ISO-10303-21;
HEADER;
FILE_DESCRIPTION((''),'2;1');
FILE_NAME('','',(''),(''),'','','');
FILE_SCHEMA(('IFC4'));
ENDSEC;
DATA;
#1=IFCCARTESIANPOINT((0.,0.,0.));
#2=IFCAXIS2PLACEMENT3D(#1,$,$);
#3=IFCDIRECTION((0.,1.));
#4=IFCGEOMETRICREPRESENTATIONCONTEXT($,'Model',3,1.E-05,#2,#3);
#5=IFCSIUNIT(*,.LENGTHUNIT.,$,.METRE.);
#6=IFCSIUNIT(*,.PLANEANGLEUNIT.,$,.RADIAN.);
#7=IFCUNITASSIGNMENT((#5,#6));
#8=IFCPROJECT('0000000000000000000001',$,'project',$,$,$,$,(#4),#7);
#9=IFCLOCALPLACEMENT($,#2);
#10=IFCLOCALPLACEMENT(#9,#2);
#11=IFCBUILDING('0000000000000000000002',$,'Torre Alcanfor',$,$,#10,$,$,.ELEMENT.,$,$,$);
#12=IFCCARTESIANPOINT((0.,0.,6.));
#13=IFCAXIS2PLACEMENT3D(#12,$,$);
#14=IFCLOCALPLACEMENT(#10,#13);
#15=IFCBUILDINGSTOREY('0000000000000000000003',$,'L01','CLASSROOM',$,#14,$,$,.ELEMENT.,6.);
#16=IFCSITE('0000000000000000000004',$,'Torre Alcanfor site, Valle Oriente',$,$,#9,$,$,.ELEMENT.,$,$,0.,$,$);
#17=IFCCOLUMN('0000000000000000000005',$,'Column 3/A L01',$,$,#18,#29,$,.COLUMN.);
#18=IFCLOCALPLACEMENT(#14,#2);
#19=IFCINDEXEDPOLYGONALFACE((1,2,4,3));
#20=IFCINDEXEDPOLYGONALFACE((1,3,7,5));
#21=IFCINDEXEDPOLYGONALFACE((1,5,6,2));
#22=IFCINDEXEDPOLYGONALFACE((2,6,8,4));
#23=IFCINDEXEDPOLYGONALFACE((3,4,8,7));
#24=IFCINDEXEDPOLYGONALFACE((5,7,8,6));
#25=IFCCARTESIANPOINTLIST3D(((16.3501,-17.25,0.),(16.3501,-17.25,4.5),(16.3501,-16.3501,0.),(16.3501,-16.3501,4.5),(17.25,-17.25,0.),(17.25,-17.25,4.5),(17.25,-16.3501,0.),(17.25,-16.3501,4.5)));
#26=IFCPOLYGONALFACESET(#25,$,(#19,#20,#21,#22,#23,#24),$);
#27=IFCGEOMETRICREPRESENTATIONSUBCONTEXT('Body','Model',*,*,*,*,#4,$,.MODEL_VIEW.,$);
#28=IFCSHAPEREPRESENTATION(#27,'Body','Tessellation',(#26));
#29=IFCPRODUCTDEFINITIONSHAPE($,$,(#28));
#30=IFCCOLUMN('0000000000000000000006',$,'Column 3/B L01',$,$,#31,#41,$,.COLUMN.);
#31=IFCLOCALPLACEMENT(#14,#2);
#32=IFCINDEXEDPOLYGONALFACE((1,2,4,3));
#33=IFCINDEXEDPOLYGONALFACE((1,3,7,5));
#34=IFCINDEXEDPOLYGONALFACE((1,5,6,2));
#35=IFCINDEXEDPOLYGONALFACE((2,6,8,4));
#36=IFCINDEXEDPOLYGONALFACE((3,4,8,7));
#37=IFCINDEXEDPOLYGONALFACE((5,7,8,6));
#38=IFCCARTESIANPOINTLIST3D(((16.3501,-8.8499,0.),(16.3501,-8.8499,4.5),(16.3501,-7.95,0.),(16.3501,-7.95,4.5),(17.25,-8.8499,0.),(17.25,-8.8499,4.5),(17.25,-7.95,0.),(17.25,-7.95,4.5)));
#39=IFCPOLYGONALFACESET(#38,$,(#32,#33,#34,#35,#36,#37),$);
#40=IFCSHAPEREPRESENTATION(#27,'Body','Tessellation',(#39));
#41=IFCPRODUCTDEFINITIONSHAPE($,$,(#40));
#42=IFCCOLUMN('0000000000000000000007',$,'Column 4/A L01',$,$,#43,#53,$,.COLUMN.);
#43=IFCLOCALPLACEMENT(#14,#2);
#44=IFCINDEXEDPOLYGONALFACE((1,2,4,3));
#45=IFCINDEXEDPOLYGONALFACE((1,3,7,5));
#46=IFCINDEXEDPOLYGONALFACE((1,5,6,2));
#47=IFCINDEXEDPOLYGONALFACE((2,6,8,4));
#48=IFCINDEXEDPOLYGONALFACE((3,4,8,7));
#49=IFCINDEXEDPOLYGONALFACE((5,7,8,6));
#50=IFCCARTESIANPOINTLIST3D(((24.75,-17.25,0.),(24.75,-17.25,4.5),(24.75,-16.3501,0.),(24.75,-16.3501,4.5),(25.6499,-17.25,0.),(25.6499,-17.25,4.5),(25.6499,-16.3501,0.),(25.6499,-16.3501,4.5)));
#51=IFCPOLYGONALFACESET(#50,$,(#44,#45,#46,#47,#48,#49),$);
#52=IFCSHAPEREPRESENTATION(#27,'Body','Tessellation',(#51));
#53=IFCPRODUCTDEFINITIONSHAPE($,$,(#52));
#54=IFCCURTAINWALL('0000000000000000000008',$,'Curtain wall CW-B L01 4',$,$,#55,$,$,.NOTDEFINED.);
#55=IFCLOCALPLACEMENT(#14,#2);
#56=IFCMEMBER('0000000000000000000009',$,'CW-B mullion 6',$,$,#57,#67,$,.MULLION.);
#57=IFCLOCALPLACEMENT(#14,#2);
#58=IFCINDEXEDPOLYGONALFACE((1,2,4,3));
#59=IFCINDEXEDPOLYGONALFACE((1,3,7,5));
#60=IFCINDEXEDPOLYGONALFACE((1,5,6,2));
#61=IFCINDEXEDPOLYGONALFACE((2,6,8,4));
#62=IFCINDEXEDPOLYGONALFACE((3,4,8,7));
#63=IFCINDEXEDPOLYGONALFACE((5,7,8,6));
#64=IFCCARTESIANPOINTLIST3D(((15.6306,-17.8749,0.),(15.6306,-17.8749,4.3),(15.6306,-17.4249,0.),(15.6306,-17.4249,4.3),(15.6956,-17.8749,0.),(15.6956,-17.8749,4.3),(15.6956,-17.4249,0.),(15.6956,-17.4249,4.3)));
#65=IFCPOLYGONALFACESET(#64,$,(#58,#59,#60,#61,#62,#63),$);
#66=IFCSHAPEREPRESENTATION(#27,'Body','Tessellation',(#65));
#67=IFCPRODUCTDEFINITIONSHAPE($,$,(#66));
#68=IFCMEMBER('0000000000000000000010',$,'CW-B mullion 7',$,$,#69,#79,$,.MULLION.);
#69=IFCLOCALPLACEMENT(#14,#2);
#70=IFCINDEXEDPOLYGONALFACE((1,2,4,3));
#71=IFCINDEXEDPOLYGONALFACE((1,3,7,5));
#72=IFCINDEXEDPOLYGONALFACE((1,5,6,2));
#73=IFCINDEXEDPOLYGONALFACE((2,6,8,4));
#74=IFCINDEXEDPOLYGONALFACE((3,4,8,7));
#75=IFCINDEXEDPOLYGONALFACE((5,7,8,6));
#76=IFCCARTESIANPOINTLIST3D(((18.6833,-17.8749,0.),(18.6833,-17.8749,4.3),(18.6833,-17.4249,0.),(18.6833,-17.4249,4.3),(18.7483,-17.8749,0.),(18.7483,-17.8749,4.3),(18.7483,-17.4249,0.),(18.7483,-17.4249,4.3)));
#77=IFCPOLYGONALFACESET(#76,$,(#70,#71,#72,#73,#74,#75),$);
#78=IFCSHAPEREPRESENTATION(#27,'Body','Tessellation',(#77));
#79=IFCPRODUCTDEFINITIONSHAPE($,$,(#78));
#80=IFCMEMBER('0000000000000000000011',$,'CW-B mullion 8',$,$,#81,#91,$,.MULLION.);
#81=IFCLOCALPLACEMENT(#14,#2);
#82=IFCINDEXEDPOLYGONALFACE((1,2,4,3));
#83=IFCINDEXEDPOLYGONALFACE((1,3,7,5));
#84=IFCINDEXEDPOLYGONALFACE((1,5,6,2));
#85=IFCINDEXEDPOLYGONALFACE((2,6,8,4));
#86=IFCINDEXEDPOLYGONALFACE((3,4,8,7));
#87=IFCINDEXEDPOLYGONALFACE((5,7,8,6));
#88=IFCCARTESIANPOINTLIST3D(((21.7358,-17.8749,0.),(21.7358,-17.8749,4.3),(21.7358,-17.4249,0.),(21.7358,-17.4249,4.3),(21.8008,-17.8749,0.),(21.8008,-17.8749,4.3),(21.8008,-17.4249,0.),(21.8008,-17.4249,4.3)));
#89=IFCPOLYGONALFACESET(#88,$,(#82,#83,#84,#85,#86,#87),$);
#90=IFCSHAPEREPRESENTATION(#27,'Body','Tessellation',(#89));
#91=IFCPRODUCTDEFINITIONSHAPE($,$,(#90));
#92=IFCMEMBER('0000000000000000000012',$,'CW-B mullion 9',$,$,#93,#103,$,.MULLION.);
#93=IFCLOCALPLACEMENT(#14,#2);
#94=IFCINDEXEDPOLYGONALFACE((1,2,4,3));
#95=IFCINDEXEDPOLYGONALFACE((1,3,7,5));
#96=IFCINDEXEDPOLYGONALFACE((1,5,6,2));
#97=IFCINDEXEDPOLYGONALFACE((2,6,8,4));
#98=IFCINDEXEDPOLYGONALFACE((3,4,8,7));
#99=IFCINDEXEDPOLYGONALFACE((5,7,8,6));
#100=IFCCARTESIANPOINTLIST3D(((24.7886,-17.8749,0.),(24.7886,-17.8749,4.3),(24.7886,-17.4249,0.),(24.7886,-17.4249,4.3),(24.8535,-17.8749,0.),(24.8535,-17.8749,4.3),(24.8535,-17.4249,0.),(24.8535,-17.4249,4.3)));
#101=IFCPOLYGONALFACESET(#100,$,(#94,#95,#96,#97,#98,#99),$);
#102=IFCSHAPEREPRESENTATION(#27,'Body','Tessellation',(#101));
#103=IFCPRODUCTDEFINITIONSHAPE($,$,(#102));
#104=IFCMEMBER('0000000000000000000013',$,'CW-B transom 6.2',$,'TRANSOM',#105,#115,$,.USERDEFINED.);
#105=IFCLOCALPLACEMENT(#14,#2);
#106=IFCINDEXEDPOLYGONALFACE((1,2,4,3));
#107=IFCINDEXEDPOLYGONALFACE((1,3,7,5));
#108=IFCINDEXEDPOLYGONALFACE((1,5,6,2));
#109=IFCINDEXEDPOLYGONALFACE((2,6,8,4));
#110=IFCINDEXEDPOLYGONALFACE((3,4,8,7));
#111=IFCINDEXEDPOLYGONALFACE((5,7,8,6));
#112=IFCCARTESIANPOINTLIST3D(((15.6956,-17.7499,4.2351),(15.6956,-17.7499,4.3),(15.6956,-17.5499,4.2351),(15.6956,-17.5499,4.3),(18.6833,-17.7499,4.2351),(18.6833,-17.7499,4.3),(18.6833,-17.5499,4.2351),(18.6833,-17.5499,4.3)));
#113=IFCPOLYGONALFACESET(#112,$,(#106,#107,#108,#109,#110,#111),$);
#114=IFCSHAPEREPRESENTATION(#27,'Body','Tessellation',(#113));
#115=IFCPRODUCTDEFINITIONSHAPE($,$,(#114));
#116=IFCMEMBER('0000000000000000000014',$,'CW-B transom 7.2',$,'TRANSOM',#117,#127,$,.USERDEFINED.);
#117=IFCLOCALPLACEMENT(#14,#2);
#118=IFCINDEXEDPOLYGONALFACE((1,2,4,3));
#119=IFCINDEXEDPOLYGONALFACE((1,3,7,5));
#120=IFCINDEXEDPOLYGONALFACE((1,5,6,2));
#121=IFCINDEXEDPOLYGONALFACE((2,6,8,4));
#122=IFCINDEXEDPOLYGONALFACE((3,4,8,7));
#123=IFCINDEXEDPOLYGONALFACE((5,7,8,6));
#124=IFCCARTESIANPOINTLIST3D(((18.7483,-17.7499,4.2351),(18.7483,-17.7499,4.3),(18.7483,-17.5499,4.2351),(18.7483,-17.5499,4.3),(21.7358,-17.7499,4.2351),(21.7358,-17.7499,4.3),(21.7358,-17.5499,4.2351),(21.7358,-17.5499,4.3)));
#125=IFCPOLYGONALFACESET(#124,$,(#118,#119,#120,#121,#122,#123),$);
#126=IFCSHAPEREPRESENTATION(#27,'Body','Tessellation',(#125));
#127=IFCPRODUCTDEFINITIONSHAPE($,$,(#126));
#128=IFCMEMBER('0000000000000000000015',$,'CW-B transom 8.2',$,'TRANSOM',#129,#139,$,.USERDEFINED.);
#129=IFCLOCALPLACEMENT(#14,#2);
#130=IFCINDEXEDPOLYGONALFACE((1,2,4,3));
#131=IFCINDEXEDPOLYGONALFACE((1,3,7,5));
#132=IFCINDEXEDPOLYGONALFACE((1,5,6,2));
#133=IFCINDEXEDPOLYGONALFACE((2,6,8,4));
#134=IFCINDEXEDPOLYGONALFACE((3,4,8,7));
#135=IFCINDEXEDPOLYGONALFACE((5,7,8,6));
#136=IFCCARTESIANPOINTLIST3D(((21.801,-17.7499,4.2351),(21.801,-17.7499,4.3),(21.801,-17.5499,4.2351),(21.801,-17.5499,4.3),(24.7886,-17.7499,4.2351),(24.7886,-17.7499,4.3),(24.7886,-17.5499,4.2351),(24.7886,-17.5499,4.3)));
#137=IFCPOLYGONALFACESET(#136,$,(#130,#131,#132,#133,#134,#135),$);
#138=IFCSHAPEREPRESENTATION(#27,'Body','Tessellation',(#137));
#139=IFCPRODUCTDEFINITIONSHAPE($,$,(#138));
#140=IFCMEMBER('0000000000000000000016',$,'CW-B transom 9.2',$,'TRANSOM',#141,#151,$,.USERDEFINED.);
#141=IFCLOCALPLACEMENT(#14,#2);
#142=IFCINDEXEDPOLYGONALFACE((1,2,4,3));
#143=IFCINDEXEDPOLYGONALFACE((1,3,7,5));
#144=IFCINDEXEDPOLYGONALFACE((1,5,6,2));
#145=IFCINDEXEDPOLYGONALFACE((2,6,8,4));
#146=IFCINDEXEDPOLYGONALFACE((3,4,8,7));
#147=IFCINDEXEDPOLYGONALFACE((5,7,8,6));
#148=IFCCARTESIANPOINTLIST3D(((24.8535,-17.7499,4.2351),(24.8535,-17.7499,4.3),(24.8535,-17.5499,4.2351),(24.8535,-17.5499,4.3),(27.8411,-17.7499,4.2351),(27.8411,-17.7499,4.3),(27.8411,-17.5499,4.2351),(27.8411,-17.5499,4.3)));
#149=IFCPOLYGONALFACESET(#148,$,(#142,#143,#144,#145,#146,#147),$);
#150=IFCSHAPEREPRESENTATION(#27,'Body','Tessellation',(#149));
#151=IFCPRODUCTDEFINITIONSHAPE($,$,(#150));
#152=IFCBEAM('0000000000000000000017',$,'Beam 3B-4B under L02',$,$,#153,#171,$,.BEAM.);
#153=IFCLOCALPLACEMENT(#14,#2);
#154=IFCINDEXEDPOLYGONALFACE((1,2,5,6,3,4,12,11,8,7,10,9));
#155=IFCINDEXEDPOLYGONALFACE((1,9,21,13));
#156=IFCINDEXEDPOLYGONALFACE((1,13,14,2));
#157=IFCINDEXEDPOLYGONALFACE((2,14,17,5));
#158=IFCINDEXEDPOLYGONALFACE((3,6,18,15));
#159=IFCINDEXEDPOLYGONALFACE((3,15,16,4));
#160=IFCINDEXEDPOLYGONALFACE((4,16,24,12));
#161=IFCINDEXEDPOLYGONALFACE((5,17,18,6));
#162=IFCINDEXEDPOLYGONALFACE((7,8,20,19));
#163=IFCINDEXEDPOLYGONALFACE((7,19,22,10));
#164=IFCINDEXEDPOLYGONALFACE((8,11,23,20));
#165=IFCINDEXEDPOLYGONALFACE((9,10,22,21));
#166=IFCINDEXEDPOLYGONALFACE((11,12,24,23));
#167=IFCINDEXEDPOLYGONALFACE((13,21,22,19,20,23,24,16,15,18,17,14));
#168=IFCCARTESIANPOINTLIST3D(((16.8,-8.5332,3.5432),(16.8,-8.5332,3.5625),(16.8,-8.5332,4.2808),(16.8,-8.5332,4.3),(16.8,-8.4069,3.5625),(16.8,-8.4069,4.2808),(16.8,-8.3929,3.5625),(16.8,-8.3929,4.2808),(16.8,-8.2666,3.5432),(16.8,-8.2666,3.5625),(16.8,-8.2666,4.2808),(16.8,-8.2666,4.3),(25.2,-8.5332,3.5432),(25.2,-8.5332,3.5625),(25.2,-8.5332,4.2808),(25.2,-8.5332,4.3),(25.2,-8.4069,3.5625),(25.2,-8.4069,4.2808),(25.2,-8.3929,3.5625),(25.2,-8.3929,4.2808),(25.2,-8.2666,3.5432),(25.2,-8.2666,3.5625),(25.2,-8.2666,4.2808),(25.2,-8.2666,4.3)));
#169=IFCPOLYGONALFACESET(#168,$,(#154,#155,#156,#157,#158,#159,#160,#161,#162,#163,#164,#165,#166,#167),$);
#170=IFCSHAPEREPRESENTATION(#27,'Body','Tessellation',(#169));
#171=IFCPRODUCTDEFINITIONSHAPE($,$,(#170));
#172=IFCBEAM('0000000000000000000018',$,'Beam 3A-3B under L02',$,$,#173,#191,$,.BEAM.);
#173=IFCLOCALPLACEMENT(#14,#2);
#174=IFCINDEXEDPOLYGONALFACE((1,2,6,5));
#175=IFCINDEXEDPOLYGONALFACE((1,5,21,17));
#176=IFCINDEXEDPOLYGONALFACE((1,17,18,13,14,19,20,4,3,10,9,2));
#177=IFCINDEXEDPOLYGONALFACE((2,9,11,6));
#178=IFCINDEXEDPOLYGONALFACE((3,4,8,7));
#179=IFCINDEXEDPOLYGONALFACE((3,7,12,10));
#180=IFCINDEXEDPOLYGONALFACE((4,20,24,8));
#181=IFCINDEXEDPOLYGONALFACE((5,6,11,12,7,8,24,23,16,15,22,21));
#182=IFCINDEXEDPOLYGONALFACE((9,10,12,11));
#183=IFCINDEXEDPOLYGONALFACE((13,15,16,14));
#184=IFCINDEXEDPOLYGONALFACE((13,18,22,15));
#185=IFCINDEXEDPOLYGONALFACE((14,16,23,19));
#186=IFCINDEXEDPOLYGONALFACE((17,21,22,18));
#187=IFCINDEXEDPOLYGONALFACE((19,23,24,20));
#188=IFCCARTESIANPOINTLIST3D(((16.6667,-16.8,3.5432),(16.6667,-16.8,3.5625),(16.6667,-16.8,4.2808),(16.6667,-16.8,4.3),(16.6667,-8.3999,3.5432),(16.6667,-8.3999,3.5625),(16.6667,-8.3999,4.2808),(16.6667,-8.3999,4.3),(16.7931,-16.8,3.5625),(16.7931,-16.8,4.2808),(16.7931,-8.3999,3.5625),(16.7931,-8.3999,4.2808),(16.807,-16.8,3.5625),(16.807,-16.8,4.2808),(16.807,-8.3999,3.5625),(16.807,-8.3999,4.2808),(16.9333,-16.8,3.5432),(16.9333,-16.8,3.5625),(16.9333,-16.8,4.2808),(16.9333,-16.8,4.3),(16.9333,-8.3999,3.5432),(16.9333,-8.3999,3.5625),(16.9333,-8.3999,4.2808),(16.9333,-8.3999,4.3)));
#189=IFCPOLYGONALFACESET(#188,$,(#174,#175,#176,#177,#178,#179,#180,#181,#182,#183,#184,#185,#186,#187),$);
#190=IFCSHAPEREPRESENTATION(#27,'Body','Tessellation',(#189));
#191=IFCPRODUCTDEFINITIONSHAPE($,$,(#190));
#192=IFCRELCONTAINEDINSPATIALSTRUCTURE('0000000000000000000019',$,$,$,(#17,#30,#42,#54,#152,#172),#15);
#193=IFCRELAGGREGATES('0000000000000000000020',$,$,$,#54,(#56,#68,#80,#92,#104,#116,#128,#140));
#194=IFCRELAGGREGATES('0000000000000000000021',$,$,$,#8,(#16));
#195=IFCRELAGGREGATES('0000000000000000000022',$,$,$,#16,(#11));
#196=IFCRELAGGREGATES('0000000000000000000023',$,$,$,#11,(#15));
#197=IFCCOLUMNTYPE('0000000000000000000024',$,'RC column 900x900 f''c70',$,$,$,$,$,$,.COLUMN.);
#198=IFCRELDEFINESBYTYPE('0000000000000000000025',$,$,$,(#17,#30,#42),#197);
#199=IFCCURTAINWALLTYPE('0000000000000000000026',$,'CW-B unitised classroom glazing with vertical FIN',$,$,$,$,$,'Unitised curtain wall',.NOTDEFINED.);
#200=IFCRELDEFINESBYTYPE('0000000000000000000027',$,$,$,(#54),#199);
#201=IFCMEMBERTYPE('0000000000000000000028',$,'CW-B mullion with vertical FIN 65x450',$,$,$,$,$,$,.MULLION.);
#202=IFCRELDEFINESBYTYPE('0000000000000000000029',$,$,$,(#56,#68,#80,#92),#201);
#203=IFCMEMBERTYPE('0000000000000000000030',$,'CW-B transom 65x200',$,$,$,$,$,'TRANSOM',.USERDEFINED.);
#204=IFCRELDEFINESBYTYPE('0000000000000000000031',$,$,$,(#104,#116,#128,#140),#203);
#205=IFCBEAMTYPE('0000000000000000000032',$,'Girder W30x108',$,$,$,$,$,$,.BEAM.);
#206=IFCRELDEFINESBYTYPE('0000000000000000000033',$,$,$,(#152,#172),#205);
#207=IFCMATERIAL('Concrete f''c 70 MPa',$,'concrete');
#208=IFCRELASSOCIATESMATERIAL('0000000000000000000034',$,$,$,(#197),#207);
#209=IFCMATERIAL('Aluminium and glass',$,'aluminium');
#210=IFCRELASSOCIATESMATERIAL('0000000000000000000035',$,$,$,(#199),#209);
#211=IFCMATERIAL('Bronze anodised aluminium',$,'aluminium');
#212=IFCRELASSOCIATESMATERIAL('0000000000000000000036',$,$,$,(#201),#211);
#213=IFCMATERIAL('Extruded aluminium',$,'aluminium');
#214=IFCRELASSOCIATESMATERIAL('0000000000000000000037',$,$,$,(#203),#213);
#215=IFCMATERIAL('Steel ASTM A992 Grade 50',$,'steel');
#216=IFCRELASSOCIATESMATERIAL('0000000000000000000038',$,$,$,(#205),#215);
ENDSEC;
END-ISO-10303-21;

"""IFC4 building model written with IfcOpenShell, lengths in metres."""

from ifc_helpers import new_model, si_unit, direction, frame, origin, origin_2d, place, context, subcontext, project, spatial, rectangle, i_section, extrude, material, material_profile, profile_set, type_object, element, aggregate, save


model = new_model("IFC4")

# Units and contexts
model_context = context("Model", 3, precision=1e-05, world=origin(), true_north=direction((0.0, 1.0)))
body_context = subcontext(model_context, "Body", "Model", "MODEL_VIEW")
ifc_project = project(units=[si_unit("LENGTHUNIT", "METRE"), si_unit("PLANEANGLEUNIT", "RADIAN")], contexts=[model_context])

# Site, building, storey
site_placement = place(None, origin())
site = spatial("IfcSite", under=ifc_project, at=site_placement, Name="Torre Alcanfor site, Valle Oriente", CompositionType="ELEMENT", RefElevation=0.0)
building_placement = place(site_placement, origin())
building = spatial("IfcBuilding", under=site, at=building_placement, Name="Torre Alcanfor", CompositionType="ELEMENT")
storey_placement = place(building_placement, frame((0.0, 0.0, 6.0)))
storey = spatial("IfcBuildingStorey", under=building, at=storey_placement, Name="L01", Description="CLASSROOM", CompositionType="ELEMENT", Elevation=6.0)

# Columns
ifc_material_1 = material(Name="Concrete f'c 70 MPa", Category="concrete")
ifc_material_profile_1 = material_profile(ifc_material_1, rectangle(XDim=0.8999, YDim=0.8999, at=origin_2d()), Name="900x900")
ifc_profile_set_1 = profile_set([ifc_material_profile_1], Name="Concrete f'c 70 MPa")
column_type = type_object("IfcColumnType", Name="RC column 900x900 f'c70", PredefinedType="COLUMN", material=ifc_profile_set_1)
for number, where, z_axis, x_axis, name in (
    (1, (16.8, -16.8, 0.0), (0.0, 0.0, 1.0), (1.0, 0.0, 0.0), "Column 3/A L01"),
    (2, (16.8, -8.3999, 0.0), (0.0, 0.0, 1.0), (1.0, 0.0, 0.0), "Column 3/B L01"),
    (3, (25.2, -16.8, 0.0), (0.0, 0.0, 1.0), (1.0, 0.0, 0.0), "Column 4/A L01"),
):
    element("IfcColumn", number, at=place(storey_placement, frame(where, z_axis=z_axis, x_axis=x_axis)), inside=storey, type_object=column_type, Name=name, PredefinedType="COLUMN", context=body_context, shape_type="SweptSolid", body=[
        extrude(rectangle(XDim=0.8999, YDim=0.8999, at=origin_2d()), origin(), (0.0, 0.0, 1.0), 4.5),
    ])

# Curtain wall, members
ifc_material_2 = material(Name="Aluminium and glass", Category="aluminium")
curtain_wall_type = type_object("IfcCurtainWallType", Name="CW-B unitised classroom glazing with vertical FIN", ElementType="Unitised curtain wall", PredefinedType="NOTDEFINED", material=ifc_material_2)
curtain_wall_placement = place(storey_placement, origin())
curtain_wall = element("IfcCurtainWall", 4, at=curtain_wall_placement, inside=storey, type_object=curtain_wall_type, Name="Curtain wall CW-B L01 4", PredefinedType="NOTDEFINED")
ifc_material_3 = material(Name="Bronze anodised aluminium", Category="aluminium")
ifc_material_profile_2 = material_profile(ifc_material_3, rectangle(XDim=0.45, YDim=0.0649, at=origin_2d()), Name="CW-B mullion 65x450")
ifc_profile_set_2 = profile_set([ifc_material_profile_2], Name="Bronze anodised aluminium")
member_type_1 = type_object("IfcMemberType", Name="CW-B mullion with vertical FIN 65x450", PredefinedType="MULLION", material=ifc_profile_set_2)
member_1_placement = place(storey_placement, frame((15.6631, -17.6499, 0.0), z_axis=(0.0, 0.0, 1.0), x_axis=(0.0, 1.0, 0.0)))
member_1 = element("IfcMember", 5, at=member_1_placement, type_object=member_type_1, Name="CW-B mullion 6", PredefinedType="MULLION", context=body_context, shape_type="SweptSolid", body=[
    extrude(rectangle(XDim=0.45, YDim=0.0649, at=origin_2d()), origin(), (0.0, 0.0, 1.0), 4.3),
])
member_2_placement = place(storey_placement, frame((18.7158, -17.6499, 0.0), z_axis=(0.0, 0.0, 1.0), x_axis=(0.0, 1.0, 0.0)))
member_2 = element("IfcMember", 6, at=member_2_placement, type_object=member_type_1, Name="CW-B mullion 7", PredefinedType="MULLION", context=body_context, shape_type="SweptSolid", body=[
    extrude(rectangle(XDim=0.45, YDim=0.0649, at=origin_2d()), origin(), (0.0, 0.0, 1.0), 4.3),
])
member_3_placement = place(storey_placement, frame((21.7683, -17.6499, 0.0), z_axis=(0.0, 0.0, 1.0), x_axis=(0.0, 1.0, 0.0)))
member_3 = element("IfcMember", 7, at=member_3_placement, type_object=member_type_1, Name="CW-B mullion 8", PredefinedType="MULLION", context=body_context, shape_type="SweptSolid", body=[
    extrude(rectangle(XDim=0.45, YDim=0.0649, at=origin_2d()), origin(), (0.0, 0.0, 1.0), 4.3),
])
member_4_placement = place(storey_placement, frame((24.821, -17.6499, 0.0), z_axis=(0.0, 0.0, 1.0), x_axis=(0.0, 1.0, 0.0)))
member_4 = element("IfcMember", 8, at=member_4_placement, type_object=member_type_1, Name="CW-B mullion 9", PredefinedType="MULLION", context=body_context, shape_type="SweptSolid", body=[
    extrude(rectangle(XDim=0.45, YDim=0.0649, at=origin_2d()), origin(), (0.0, 0.0, 1.0), 4.3),
])
ifc_material_4 = material(Name="Extruded aluminium", Category="aluminium")
ifc_material_profile_3 = material_profile(ifc_material_4, rectangle(XDim=0.2, YDim=0.0649, at=origin_2d()), Name="CW-B transom 200x65")
ifc_profile_set_3 = profile_set([ifc_material_profile_3], Name="Extruded aluminium")
member_type_2 = type_object("IfcMemberType", Name="CW-B transom 65x200", ElementType="TRANSOM", PredefinedType="USERDEFINED", material=ifc_profile_set_3)
member_5_placement = place(storey_placement, frame((15.6956, -17.6499, 4.2676), z_axis=(1.0, 0.0, 0.0), x_axis=(0.0, 1.0, 0.0)))
member_5 = element("IfcMember", 9, at=member_5_placement, type_object=member_type_2, Name="CW-B transom 6.2", ObjectType="TRANSOM", PredefinedType="USERDEFINED", context=body_context, shape_type="SweptSolid", body=[
    extrude(rectangle(XDim=0.2, YDim=0.0649, at=origin_2d()), origin(), (0.0, 0.0, 1.0), 2.9878),
])
member_6_placement = place(storey_placement, frame((18.7483, -17.6499, 4.2676), z_axis=(1.0, 0.0, 0.0), x_axis=(0.0, 1.0, 0.0)))
member_6 = element("IfcMember", 10, at=member_6_placement, type_object=member_type_2, Name="CW-B transom 7.2", ObjectType="TRANSOM", PredefinedType="USERDEFINED", context=body_context, shape_type="SweptSolid", body=[
    extrude(rectangle(XDim=0.2, YDim=0.0649, at=origin_2d()), origin(), (0.0, 0.0, 1.0), 2.9875),
])
member_7_placement = place(storey_placement, frame((21.801, -17.6499, 4.2676), z_axis=(1.0, 0.0, 0.0), x_axis=(0.0, 1.0, 0.0)))
member_7 = element("IfcMember", 11, at=member_7_placement, type_object=member_type_2, Name="CW-B transom 8.2", ObjectType="TRANSOM", PredefinedType="USERDEFINED", context=body_context, shape_type="SweptSolid", body=[
    extrude(rectangle(XDim=0.2, YDim=0.0649, at=origin_2d()), origin(), (0.0, 0.0, 1.0), 2.9875),
])
member_8_placement = place(storey_placement, frame((24.8535, -17.6499, 4.2676), z_axis=(1.0, 0.0, 0.0), x_axis=(0.0, 1.0, 0.0)))
member_8 = element("IfcMember", 12, at=member_8_placement, type_object=member_type_2, Name="CW-B transom 9.2", ObjectType="TRANSOM", PredefinedType="USERDEFINED", context=body_context, shape_type="SweptSolid", body=[
    extrude(rectangle(XDim=0.2, YDim=0.0649, at=origin_2d()), origin(), (0.0, 0.0, 1.0), 2.9875),
])

# Beams
ifc_material_5 = material(Name="Steel ASTM A992 Grade 50", Category="steel")
ifc_material_profile_4 = material_profile(ifc_material_5, i_section(OverallWidth=0.2666, OverallDepth=0.7568, WebThickness=0.0139, FlangeThickness=0.0193, at=origin_2d()), Name="W30x108")
ifc_profile_set_4 = profile_set([ifc_material_profile_4], Name="Steel ASTM A992 Grade 50")
beam_type_1 = type_object("IfcBeamType", Name="Girder W30x108", PredefinedType="BEAM", material=ifc_profile_set_4)
beam_1_placement = place(storey_placement, frame((16.8, -8.3999, 3.9216), z_axis=(1.0, 0.0, 0.0), x_axis=(0.0, 1.0, 0.0)))
element("IfcBeam", 13, at=beam_1_placement, inside=storey, type_object=beam_type_1, Name="Beam 3B-4B under L02", PredefinedType="BEAM", context=body_context, shape_type="SweptSolid", body=[
    extrude(i_section(OverallWidth=0.2666, OverallDepth=0.7568, WebThickness=0.0139, FlangeThickness=0.0193, at=origin_2d()), origin(), (0.0, 0.0, 1.0), 8.3999),
])
beam_2_placement = place(storey_placement, frame((16.8, -16.8, 3.9216), z_axis=(0.0, 1.0, 0.0), x_axis=(-1.0, 0.0, 0.0)))
element("IfcBeam", 14, at=beam_2_placement, inside=storey, type_object=beam_type_1, Name="Beam 3A-3B under L02", PredefinedType="BEAM", context=body_context, shape_type="SweptSolid", body=[
    extrude(i_section(OverallWidth=0.2666, OverallDepth=0.7568, WebThickness=0.0139, FlangeThickness=0.0193, at=origin_2d()), origin(), (0.0, 0.0, 1.0), 8.4001),
])

aggregate(curtain_wall, [member_1, member_2, member_3, member_4, member_5, member_6, member_7, member_8])

save(model, "model.ifc")
